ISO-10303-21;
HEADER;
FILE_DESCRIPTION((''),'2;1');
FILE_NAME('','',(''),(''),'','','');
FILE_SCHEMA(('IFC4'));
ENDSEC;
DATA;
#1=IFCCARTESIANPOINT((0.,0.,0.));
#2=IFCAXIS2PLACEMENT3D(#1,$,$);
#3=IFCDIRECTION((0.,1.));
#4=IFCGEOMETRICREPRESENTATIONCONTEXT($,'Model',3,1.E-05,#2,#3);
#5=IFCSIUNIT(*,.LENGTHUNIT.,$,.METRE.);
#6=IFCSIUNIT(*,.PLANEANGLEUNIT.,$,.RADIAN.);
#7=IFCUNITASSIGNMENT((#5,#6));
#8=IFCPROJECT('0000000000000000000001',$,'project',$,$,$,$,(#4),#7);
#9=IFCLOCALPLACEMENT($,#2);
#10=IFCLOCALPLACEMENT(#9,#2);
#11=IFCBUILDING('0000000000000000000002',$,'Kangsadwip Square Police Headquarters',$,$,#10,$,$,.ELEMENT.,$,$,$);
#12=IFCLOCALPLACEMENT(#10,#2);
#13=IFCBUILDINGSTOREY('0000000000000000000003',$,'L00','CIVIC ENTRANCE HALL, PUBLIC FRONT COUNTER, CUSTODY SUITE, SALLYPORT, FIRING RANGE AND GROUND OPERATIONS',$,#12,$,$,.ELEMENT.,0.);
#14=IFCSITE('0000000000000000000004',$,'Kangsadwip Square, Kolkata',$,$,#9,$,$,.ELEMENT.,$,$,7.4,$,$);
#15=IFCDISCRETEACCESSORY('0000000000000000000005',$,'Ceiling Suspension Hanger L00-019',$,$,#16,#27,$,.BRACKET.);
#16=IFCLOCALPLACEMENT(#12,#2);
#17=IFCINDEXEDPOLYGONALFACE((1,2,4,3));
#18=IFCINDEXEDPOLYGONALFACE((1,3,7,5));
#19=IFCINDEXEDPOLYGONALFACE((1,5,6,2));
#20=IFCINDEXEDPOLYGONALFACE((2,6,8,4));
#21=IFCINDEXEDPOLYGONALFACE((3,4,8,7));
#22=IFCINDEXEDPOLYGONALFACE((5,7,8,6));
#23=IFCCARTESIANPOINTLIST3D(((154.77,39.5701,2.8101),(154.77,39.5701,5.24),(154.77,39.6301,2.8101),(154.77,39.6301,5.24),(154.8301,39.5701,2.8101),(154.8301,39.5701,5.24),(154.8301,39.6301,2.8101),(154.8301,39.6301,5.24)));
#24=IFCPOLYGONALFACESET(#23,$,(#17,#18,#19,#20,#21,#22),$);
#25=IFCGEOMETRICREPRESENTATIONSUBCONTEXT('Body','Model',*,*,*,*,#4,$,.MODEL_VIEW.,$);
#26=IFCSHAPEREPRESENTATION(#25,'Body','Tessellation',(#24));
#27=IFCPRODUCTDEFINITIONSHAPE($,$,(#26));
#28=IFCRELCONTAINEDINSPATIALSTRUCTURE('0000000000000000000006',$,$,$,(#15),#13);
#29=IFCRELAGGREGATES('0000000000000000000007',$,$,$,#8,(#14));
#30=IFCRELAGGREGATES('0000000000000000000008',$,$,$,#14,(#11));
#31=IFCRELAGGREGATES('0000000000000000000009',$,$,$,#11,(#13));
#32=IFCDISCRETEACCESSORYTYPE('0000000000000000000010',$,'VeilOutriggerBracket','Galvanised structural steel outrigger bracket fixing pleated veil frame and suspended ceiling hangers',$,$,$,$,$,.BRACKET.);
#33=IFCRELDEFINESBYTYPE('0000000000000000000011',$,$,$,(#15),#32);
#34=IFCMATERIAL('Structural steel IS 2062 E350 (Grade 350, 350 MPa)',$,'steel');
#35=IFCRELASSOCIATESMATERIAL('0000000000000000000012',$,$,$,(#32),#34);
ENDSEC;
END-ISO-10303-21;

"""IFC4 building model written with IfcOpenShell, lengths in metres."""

from ifc_helpers import new_model, si_unit, direction, frame, origin, origin_2d, place, context, subcontext, project, spatial, rectangle, extrude, material, type_object, element, save


model = new_model("IFC4")

# Units and contexts
model_context = context("Model", 3, precision=1e-05, world=origin(), true_north=direction((0.0, 1.0)))
body_context = subcontext(model_context, "Body", "Model", "MODEL_VIEW")
ifc_project = project(units=[si_unit("LENGTHUNIT", "METRE"), si_unit("PLANEANGLEUNIT", "RADIAN")], contexts=[model_context])

# Site, building, storey
site_placement = place(None, origin())
site = spatial("IfcSite", under=ifc_project, at=site_placement, Name="Kangsadwip Square, Kolkata", CompositionType="ELEMENT", RefElevation=7.4)
building_placement = place(site_placement, origin())
building = spatial("IfcBuilding", under=site, at=building_placement, Name="Kangsadwip Square Police Headquarters", CompositionType="ELEMENT")
storey_placement = place(building_placement, origin())
storey = spatial("IfcBuildingStorey", under=building, at=storey_placement, Name="L00", Description="CIVIC ENTRANCE HALL, PUBLIC FRONT COUNTER, CUSTODY SUITE, SALLYPORT, FIRING RANGE AND GROUND OPERATIONS", CompositionType="ELEMENT", Elevation=0.0)

# Discrete accessory
ifc_material_1 = material(Name="Structural steel IS 2062 E350 (Grade 350, 350 MPa)", Category="steel")
discrete_accessory_type = type_object("IfcDiscreteAccessoryType", Name="VeilOutriggerBracket", Description="Galvanised structural steel outrigger bracket fixing pleated veil frame and suspended ceiling hangers", PredefinedType="BRACKET", material=ifc_material_1)
for number, where, z_axis, x_axis, name in (
    (1, (154.8, 39.6001, 2.8101), (0.0, 0.0, 1.0), (1.0, 0.0, 0.0), "Ceiling Suspension Hanger L00-019"),
):
    element("IfcDiscreteAccessory", number, at=place(storey_placement, frame(where, z_axis=z_axis, x_axis=x_axis)), inside=storey, type_object=discrete_accessory_type, Name=name, PredefinedType="BRACKET", context=body_context, shape_type="SweptSolid", body=[
        extrude(rectangle(XDim=0.0601, YDim=0.0601, at=origin_2d()), origin(), (0.0, 0.0, 1.0), 2.4299),
    ])

save(model, "model.ifc")
